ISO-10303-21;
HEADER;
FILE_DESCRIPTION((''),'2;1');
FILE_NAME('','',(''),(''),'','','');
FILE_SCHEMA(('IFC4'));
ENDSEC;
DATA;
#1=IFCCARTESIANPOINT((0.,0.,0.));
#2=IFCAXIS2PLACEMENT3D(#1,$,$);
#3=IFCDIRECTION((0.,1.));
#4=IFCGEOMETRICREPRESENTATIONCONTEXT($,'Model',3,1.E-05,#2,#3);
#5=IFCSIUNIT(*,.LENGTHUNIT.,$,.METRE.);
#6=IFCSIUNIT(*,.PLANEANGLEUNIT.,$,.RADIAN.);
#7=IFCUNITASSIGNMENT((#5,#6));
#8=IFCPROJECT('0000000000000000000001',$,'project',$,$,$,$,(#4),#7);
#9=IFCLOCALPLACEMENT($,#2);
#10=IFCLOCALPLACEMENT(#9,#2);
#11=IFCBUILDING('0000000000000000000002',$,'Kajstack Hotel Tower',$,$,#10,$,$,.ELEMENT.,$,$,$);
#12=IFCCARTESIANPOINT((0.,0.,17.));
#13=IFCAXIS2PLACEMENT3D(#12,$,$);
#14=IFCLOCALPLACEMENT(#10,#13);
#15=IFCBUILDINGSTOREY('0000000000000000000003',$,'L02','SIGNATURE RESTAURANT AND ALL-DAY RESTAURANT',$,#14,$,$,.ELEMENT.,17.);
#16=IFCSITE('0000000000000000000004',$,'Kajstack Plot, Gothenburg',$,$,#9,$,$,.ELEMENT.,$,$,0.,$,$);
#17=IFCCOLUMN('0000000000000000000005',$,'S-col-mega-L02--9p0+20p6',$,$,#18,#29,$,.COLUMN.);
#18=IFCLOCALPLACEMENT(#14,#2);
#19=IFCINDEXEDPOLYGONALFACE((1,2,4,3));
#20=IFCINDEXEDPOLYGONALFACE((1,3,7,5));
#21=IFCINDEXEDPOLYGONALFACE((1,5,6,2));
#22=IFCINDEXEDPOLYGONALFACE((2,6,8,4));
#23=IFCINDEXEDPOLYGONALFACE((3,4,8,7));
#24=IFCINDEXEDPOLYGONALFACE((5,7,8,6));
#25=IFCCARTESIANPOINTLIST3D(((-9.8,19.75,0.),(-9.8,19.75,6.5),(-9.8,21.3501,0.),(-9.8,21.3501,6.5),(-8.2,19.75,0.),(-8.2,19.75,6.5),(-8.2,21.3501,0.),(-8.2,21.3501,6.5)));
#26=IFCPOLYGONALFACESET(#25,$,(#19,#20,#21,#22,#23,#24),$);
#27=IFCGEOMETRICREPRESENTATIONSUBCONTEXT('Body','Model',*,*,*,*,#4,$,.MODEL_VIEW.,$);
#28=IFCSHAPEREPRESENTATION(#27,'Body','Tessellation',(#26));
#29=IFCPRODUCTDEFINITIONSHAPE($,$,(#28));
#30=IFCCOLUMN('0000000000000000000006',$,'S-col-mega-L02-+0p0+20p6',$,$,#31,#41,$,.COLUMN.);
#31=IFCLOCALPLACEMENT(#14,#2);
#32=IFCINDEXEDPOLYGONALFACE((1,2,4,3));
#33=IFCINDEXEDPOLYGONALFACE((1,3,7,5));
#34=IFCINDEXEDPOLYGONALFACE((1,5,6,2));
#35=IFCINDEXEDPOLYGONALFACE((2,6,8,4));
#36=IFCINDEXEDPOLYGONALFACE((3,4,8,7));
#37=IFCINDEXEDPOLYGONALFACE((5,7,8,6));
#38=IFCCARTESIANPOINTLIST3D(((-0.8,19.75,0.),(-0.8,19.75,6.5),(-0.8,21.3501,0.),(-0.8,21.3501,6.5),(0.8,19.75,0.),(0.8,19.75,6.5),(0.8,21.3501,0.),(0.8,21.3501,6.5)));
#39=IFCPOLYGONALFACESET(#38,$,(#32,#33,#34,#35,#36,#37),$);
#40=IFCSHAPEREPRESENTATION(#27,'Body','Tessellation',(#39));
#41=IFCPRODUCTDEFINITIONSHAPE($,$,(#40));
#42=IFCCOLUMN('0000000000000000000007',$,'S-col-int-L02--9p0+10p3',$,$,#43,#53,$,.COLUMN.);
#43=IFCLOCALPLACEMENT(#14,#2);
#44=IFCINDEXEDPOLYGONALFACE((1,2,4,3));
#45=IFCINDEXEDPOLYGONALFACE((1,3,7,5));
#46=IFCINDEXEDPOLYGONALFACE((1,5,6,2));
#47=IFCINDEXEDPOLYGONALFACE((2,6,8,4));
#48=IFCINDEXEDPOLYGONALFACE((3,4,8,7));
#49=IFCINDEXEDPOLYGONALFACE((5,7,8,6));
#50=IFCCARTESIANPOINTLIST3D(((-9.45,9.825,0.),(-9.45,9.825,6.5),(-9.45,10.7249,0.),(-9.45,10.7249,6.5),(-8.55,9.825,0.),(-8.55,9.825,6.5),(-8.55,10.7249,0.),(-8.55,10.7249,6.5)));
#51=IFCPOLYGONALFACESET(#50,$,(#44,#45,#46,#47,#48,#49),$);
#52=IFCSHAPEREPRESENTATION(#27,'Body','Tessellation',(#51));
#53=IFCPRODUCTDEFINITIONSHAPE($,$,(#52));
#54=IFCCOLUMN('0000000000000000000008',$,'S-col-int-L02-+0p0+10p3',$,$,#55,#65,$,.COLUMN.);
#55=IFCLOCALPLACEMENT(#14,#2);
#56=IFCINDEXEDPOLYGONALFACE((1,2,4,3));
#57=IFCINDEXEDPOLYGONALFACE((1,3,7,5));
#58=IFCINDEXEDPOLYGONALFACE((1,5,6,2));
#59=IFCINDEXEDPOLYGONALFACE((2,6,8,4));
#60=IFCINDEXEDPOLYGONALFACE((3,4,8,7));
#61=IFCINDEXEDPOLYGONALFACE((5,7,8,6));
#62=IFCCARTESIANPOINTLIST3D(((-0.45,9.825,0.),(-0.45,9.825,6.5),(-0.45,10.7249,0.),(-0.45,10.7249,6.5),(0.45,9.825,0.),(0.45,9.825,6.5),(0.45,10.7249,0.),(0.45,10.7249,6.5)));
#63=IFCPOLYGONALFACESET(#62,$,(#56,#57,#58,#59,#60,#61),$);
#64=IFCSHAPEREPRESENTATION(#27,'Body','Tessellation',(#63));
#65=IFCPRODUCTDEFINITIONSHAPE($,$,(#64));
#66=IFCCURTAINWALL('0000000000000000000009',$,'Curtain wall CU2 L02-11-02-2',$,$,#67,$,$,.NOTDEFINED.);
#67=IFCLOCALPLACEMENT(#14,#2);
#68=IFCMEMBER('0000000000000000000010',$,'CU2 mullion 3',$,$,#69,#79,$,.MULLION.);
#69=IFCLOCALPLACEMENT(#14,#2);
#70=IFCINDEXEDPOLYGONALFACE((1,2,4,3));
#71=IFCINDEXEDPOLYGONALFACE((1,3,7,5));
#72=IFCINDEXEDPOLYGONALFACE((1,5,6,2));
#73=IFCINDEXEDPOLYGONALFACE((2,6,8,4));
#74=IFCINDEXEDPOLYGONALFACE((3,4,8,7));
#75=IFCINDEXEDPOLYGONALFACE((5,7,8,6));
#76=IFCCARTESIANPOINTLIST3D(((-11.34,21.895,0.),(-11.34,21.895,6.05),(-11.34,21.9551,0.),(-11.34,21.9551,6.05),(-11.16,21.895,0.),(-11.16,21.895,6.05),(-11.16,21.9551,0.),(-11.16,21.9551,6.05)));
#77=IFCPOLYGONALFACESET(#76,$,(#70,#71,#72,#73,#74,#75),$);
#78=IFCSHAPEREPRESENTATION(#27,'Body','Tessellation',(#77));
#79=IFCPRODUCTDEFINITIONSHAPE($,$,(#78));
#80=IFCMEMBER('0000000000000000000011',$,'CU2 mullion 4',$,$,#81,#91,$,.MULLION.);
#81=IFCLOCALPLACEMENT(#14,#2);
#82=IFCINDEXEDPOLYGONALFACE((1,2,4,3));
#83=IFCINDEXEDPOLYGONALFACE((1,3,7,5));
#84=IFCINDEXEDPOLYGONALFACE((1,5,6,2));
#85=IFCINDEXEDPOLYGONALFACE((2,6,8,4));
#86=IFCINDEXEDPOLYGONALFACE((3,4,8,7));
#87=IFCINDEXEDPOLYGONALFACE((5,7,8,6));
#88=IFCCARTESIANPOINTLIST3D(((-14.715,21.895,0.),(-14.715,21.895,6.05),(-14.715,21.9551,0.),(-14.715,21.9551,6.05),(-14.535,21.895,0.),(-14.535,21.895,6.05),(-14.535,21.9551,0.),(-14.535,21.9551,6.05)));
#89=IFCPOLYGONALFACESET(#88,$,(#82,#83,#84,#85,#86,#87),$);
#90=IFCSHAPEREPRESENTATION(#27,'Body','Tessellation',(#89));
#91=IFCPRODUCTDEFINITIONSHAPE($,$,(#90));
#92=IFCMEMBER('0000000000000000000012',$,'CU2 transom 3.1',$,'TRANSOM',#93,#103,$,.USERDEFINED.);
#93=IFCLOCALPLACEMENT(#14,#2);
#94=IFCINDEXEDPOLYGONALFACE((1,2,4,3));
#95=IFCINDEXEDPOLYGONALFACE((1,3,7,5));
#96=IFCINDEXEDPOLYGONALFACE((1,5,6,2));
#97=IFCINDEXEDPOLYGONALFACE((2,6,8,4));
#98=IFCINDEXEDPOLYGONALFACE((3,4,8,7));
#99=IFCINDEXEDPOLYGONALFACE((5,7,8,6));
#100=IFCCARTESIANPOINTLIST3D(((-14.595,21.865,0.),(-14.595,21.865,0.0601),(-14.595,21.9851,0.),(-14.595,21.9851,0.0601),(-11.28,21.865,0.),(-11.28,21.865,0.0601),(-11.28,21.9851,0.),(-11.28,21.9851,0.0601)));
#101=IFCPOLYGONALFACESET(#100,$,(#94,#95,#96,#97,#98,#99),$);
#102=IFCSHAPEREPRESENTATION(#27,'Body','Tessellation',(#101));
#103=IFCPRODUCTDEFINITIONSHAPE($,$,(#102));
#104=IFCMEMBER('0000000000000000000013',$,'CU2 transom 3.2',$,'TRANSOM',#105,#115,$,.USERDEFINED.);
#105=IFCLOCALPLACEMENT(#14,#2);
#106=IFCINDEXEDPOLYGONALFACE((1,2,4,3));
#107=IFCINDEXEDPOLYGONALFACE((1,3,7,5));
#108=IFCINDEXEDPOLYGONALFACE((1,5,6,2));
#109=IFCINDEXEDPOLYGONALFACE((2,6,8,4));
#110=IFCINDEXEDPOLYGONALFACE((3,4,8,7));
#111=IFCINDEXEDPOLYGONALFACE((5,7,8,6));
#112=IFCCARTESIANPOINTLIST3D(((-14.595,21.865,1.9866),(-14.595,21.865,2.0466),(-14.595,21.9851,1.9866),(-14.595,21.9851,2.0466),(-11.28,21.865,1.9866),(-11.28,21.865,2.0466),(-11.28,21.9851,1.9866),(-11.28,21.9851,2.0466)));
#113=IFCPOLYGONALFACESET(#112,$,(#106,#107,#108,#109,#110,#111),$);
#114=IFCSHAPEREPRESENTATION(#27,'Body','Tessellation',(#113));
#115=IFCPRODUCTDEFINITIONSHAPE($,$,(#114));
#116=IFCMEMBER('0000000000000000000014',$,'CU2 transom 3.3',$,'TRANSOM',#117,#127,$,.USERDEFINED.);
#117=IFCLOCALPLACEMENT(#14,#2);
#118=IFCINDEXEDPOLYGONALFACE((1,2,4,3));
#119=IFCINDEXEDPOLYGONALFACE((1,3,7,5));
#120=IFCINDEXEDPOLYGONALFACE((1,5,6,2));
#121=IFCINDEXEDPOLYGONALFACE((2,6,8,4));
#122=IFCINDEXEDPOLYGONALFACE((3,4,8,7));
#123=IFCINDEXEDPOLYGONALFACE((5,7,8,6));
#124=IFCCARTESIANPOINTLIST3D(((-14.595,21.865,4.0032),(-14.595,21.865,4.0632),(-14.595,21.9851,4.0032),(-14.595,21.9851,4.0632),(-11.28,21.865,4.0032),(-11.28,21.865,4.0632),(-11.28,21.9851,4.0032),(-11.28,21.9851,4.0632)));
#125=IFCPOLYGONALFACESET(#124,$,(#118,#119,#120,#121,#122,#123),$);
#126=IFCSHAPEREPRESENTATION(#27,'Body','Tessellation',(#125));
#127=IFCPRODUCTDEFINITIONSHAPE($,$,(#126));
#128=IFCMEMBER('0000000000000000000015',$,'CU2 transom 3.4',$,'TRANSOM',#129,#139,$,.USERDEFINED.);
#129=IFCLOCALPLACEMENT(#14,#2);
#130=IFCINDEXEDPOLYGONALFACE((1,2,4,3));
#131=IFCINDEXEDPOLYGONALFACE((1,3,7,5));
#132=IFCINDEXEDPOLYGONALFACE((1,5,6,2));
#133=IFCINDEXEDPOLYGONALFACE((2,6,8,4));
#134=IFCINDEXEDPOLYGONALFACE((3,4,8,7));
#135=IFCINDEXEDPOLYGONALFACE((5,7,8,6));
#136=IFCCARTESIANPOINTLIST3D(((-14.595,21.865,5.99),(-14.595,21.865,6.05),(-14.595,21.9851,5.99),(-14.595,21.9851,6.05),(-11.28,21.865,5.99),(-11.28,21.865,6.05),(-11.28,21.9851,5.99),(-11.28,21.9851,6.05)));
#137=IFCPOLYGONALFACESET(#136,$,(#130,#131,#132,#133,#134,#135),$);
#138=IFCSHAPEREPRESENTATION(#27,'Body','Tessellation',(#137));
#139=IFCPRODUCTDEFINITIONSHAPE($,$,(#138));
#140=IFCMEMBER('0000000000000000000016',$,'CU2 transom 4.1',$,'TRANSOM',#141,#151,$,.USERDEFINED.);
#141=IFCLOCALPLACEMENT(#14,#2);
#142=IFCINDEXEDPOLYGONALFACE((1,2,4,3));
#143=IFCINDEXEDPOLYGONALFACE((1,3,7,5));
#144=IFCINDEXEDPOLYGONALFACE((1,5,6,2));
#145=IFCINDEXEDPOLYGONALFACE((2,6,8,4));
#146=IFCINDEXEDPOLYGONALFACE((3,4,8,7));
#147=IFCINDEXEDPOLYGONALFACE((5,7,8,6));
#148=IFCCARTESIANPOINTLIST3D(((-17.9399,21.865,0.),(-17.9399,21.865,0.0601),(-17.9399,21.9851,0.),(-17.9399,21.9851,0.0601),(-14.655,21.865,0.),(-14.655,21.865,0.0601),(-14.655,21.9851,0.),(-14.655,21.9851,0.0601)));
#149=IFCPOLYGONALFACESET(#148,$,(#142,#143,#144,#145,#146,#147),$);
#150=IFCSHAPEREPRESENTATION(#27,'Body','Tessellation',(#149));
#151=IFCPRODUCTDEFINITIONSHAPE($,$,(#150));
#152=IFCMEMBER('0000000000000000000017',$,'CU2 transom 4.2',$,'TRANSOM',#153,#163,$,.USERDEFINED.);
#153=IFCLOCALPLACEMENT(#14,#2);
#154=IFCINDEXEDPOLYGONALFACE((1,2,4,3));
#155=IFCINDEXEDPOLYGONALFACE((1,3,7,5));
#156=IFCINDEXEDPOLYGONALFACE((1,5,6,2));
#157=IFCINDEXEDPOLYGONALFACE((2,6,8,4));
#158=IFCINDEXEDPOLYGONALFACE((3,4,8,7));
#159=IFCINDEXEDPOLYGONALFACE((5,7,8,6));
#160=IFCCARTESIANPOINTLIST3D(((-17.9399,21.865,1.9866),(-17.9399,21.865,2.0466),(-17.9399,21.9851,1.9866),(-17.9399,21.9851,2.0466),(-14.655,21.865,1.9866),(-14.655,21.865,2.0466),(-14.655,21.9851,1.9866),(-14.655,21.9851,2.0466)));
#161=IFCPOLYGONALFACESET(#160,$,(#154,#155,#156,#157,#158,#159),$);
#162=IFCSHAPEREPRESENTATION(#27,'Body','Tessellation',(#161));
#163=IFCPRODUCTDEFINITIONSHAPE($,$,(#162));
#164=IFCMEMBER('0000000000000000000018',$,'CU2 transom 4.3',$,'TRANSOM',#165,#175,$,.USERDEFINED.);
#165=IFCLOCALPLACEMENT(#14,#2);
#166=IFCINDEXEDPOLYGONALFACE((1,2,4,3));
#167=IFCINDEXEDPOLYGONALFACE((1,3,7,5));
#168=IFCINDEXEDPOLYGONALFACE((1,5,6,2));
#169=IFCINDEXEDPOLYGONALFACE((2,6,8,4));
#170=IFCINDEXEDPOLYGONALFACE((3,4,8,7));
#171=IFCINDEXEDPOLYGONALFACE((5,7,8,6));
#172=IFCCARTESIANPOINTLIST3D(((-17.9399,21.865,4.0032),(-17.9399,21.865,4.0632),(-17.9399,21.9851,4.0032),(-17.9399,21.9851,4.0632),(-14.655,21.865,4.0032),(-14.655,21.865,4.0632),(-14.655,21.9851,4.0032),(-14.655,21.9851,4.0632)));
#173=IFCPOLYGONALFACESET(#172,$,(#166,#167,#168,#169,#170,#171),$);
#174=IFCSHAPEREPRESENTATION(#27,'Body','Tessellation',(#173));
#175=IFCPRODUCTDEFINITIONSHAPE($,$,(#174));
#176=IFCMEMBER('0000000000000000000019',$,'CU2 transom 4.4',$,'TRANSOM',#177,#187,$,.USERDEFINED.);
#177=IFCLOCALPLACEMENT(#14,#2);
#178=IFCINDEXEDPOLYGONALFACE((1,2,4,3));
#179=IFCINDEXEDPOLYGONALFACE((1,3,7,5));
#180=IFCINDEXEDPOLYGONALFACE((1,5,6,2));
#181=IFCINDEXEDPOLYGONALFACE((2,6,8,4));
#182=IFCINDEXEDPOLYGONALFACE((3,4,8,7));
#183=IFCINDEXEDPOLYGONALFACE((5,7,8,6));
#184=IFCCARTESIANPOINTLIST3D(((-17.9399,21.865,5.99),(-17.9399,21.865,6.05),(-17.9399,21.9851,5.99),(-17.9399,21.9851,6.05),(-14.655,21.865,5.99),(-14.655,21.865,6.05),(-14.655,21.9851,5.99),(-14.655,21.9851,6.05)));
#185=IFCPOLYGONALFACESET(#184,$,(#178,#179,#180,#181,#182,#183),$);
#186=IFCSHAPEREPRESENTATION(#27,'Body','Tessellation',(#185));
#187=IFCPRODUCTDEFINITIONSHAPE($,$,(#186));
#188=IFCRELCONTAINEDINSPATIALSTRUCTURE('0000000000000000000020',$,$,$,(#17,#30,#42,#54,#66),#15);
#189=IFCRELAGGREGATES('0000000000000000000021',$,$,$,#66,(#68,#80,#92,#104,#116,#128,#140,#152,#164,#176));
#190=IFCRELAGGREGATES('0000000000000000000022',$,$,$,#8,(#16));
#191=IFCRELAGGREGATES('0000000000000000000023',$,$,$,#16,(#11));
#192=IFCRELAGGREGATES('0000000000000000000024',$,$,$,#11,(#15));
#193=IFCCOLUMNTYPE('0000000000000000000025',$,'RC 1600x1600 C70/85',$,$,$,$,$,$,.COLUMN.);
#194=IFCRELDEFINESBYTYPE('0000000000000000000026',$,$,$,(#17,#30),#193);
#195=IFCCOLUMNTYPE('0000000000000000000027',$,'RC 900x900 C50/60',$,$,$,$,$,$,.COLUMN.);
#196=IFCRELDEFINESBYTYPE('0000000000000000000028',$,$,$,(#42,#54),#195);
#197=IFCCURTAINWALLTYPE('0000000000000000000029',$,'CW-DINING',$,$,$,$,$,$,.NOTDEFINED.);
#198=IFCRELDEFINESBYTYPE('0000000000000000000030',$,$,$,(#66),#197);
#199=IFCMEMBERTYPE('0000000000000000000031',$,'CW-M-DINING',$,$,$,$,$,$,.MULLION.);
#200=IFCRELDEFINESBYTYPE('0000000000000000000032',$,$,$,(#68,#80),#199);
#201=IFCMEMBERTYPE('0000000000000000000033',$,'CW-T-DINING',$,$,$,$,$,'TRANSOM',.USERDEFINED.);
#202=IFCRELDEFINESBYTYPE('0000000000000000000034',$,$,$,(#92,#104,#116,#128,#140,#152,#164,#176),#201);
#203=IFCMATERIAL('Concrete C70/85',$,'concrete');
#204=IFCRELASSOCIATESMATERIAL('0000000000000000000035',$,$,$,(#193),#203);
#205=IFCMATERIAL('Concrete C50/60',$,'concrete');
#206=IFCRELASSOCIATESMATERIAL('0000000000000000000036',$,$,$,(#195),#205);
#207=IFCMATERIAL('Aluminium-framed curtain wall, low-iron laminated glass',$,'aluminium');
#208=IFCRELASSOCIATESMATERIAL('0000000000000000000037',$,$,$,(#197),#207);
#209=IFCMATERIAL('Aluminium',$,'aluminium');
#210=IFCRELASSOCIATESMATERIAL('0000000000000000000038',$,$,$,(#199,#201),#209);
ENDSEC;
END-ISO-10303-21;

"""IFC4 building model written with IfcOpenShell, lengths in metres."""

from ifc_helpers import new_model, si_unit, direction, frame, origin, origin_2d, place, context, subcontext, project, spatial, rectangle, extrude, material, material_profile, profile_set, type_object, element, aggregate, save


model = new_model("IFC4")

# Units and contexts
model_context = context("Model", 3, precision=1e-05, world=origin(), true_north=direction((0.0, 1.0)))
body_context = subcontext(model_context, "Body", "Model", "MODEL_VIEW")
ifc_project = project(units=[si_unit("LENGTHUNIT", "METRE"), si_unit("PLANEANGLEUNIT", "RADIAN")], contexts=[model_context])

# Site, building, storey
site_placement = place(None, origin())
site = spatial("IfcSite", under=ifc_project, at=site_placement, Name="Kajstack Plot, Gothenburg", CompositionType="ELEMENT", RefElevation=0.0)
building_placement = place(site_placement, origin())
building = spatial("IfcBuilding", under=site, at=building_placement, Name="Kajstack Hotel Tower", CompositionType="ELEMENT")
storey_placement = place(building_placement, frame((0.0, 0.0, 17.0)))
storey = spatial("IfcBuildingStorey", under=building, at=storey_placement, Name="L02", Description="SIGNATURE RESTAURANT AND ALL-DAY RESTAURANT", CompositionType="ELEMENT", Elevation=17.0)

# Columns
ifc_material_1 = material(Name="Concrete C70/85", Category="concrete")
ifc_material_profile_1 = material_profile(ifc_material_1, rectangle(XDim=1.6001, YDim=1.6001, at=origin_2d()), Name="RC 1600x1600")
ifc_profile_set_1 = profile_set([ifc_material_profile_1], Name="Concrete C70/85")
column_type_1 = type_object("IfcColumnType", Name="RC 1600x1600 C70/85", PredefinedType="COLUMN", material=ifc_profile_set_1)
for number, where, z_axis, x_axis, name in (
    (1, (-9.0, 20.55, 0.0), (0.0, 0.0, 1.0), (1.0, 0.0, 0.0), "S-col-mega-L02--9p0+20p6"),
    (2, (0.0, 20.55, 0.0), (0.0, 0.0, 1.0), (1.0, 0.0, 0.0), "S-col-mega-L02-+0p0+20p6"),
):
    element("IfcColumn", number, at=place(storey_placement, frame(where, z_axis=z_axis, x_axis=x_axis)), inside=storey, type_object=column_type_1, Name=name, PredefinedType="COLUMN", context=body_context, shape_type="SweptSolid", body=[
        extrude(rectangle(XDim=1.6001, YDim=1.6001, at=origin_2d()), origin(), (0.0, 0.0, 1.0), 6.5),
    ])
ifc_material_2 = material(Name="Concrete C50/60", Category="concrete")
ifc_material_profile_2 = material_profile(ifc_material_2, rectangle(XDim=0.8999, YDim=0.8999, at=origin_2d()), Name="RC 900x900")
ifc_profile_set_2 = profile_set([ifc_material_profile_2], Name="Concrete C50/60")
column_type_2 = type_object("IfcColumnType", Name="RC 900x900 C50/60", PredefinedType="COLUMN", material=ifc_profile_set_2)
for number, where, z_axis, x_axis, name in (
    (3, (-9.0, 10.2749, 0.0), (0.0, 0.0, 1.0), (1.0, 0.0, 0.0), "S-col-int-L02--9p0+10p3"),
    (4, (0.0, 10.2749, 0.0), (0.0, 0.0, 1.0), (1.0, 0.0, 0.0), "S-col-int-L02-+0p0+10p3"),
):
    element("IfcColumn", number, at=place(storey_placement, frame(where, z_axis=z_axis, x_axis=x_axis)), inside=storey, type_object=column_type_2, Name=name, PredefinedType="COLUMN", context=body_context, shape_type="SweptSolid", body=[
        extrude(rectangle(XDim=0.8999, YDim=0.8999, at=origin_2d()), origin(), (0.0, 0.0, 1.0), 6.5),
    ])

# Curtain wall, members
ifc_material_3 = material(Name="Aluminium-framed curtain wall, low-iron laminated glass", Category="aluminium")
curtain_wall_type = type_object("IfcCurtainWallType", Name="CW-DINING", PredefinedType="NOTDEFINED", material=ifc_material_3)
curtain_wall_placement = place(storey_placement, origin())
curtain_wall = element("IfcCurtainWall", 5, at=curtain_wall_placement, inside=storey, type_object=curtain_wall_type, Name="Curtain wall CU2 L02-11-02-2", PredefinedType="NOTDEFINED")
ifc_material_4 = material(Name="Aluminium", Category="aluminium")
ifc_material_profile_3 = material_profile(ifc_material_4, rectangle(XDim=0.0601, YDim=0.1799, at=origin_2d()), Name="Aluminium mullion 60 x 180")
ifc_profile_set_3 = profile_set([ifc_material_profile_3], Name="Aluminium")
member_type_1 = type_object("IfcMemberType", Name="CW-M-DINING", PredefinedType="MULLION", material=ifc_profile_set_3)
member_1_placement = place(storey_placement, frame((-11.25, 21.925, 0.0), z_axis=(0.0, 0.0, 1.0), x_axis=(0.0, -1.0, 0.0)))
member_1 = element("IfcMember", 6, at=member_1_placement, type_object=member_type_1, Name="CU2 mullion 3", PredefinedType="MULLION", context=body_context, shape_type="SweptSolid", body=[
    extrude(rectangle(XDim=0.0601, YDim=0.1799, at=origin_2d()), origin(), (0.0, 0.0, 1.0), 6.05),
])
member_2_placement = place(storey_placement, frame((-14.625, 21.925, 0.0), z_axis=(0.0, 0.0, 1.0), x_axis=(0.0, -1.0, 0.0)))
member_2 = element("IfcMember", 7, at=member_2_placement, type_object=member_type_1, Name="CU2 mullion 4", PredefinedType="MULLION", context=body_context, shape_type="SweptSolid", body=[
    extrude(rectangle(XDim=0.0601, YDim=0.1799, at=origin_2d()), origin(), (0.0, 0.0, 1.0), 6.05),
])
ifc_material_profile_4 = material_profile(ifc_material_4, rectangle(XDim=0.1201, YDim=0.0601, at=origin_2d()), Name="Aluminium transom 120 x 60")
ifc_profile_set_4 = profile_set([ifc_material_profile_4], Name="Aluminium")
member_type_2 = type_object("IfcMemberType", Name="CW-T-DINING", ElementType="TRANSOM", PredefinedType="USERDEFINED", material=ifc_profile_set_4)
member_3_placement = place(storey_placement, frame((-11.28, 21.925, 0.03), z_axis=(-1.0, 0.0, 0.0), x_axis=(0.0, -1.0, 0.0)))
member_3 = element("IfcMember", 8, at=member_3_placement, type_object=member_type_2, Name="CU2 transom 3.1", ObjectType="TRANSOM", PredefinedType="USERDEFINED", context=body_context, shape_type="SweptSolid", body=[
    extrude(rectangle(XDim=0.1201, YDim=0.0601, at=origin_2d()), origin(), (0.0, 0.0, 1.0), 3.3149),
])
member_4_placement = place(storey_placement, frame((-11.28, 21.925, 2.0166), z_axis=(-1.0, 0.0, 0.0), x_axis=(0.0, -1.0, 0.0)))
member_4 = element("IfcMember", 9, at=member_4_placement, type_object=member_type_2, Name="CU2 transom 3.2", ObjectType="TRANSOM", PredefinedType="USERDEFINED", context=body_context, shape_type="SweptSolid", body=[
    extrude(rectangle(XDim=0.1201, YDim=0.0601, at=origin_2d()), origin(), (0.0, 0.0, 1.0), 3.3149),
])
member_5_placement = place(storey_placement, frame((-11.28, 21.925, 4.0332), z_axis=(-1.0, 0.0, 0.0), x_axis=(0.0, -1.0, 0.0)))
member_5 = element("IfcMember", 10, at=member_5_placement, type_object=member_type_2, Name="CU2 transom 3.3", ObjectType="TRANSOM", PredefinedType="USERDEFINED", context=body_context, shape_type="SweptSolid", body=[
    extrude(rectangle(XDim=0.1201, YDim=0.0601, at=origin_2d()), origin(), (0.0, 0.0, 1.0), 3.3149),
])
member_6_placement = place(storey_placement, frame((-11.28, 21.925, 6.02), z_axis=(-1.0, 0.0, 0.0), x_axis=(0.0, -1.0, 0.0)))
member_6 = element("IfcMember", 11, at=member_6_placement, type_object=member_type_2, Name="CU2 transom 3.4", ObjectType="TRANSOM", PredefinedType="USERDEFINED", context=body_context, shape_type="SweptSolid", body=[
    extrude(rectangle(XDim=0.1201, YDim=0.0601, at=origin_2d()), origin(), (0.0, 0.0, 1.0), 3.3149),
])
member_7_placement = place(storey_placement, frame((-14.655, 21.925, 0.03), z_axis=(-1.0, 0.0, 0.0), x_axis=(0.0, -1.0, 0.0)))
member_7 = element("IfcMember", 12, at=member_7_placement, type_object=member_type_2, Name="CU2 transom 4.1", ObjectType="TRANSOM", PredefinedType="USERDEFINED", context=body_context, shape_type="SweptSolid", body=[
    extrude(rectangle(XDim=0.1201, YDim=0.0601, at=origin_2d()), origin(), (0.0, 0.0, 1.0), 3.2849),
])
member_8_placement = place(storey_placement, frame((-14.655, 21.925, 2.0166), z_axis=(-1.0, 0.0, 0.0), x_axis=(0.0, -1.0, 0.0)))
member_8 = element("IfcMember", 13, at=member_8_placement, type_object=member_type_2, Name="CU2 transom 4.2", ObjectType="TRANSOM", PredefinedType="USERDEFINED", context=body_context, shape_type="SweptSolid", body=[
    extrude(rectangle(XDim=0.1201, YDim=0.0601, at=origin_2d()), origin(), (0.0, 0.0, 1.0), 3.2849),
])
member_9_placement = place(storey_placement, frame((-14.655, 21.925, 4.0332), z_axis=(-1.0, 0.0, 0.0), x_axis=(0.0, -1.0, 0.0)))
member_9 = element("IfcMember", 14, at=member_9_placement, type_object=member_type_2, Name="CU2 transom 4.3", ObjectType="TRANSOM", PredefinedType="USERDEFINED", context=body_context, shape_type="SweptSolid", body=[
    extrude(rectangle(XDim=0.1201, YDim=0.0601, at=origin_2d()), origin(), (0.0, 0.0, 1.0), 3.2849),
])
member_10_placement = place(storey_placement, frame((-14.655, 21.925, 6.02), z_axis=(-1.0, 0.0, 0.0), x_axis=(0.0, -1.0, 0.0)))
member_10 = element("IfcMember", 15, at=member_10_placement, type_object=member_type_2, Name="CU2 transom 4.4", ObjectType="TRANSOM", PredefinedType="USERDEFINED", context=body_context, shape_type="SweptSolid", body=[
    extrude(rectangle(XDim=0.1201, YDim=0.0601, at=origin_2d()), origin(), (0.0, 0.0, 1.0), 3.2849),
])
aggregate(curtain_wall, [member_1, member_2, member_3, member_4, member_5, member_6, member_7, member_8, member_9, member_10])

save(model, "model.ifc")
